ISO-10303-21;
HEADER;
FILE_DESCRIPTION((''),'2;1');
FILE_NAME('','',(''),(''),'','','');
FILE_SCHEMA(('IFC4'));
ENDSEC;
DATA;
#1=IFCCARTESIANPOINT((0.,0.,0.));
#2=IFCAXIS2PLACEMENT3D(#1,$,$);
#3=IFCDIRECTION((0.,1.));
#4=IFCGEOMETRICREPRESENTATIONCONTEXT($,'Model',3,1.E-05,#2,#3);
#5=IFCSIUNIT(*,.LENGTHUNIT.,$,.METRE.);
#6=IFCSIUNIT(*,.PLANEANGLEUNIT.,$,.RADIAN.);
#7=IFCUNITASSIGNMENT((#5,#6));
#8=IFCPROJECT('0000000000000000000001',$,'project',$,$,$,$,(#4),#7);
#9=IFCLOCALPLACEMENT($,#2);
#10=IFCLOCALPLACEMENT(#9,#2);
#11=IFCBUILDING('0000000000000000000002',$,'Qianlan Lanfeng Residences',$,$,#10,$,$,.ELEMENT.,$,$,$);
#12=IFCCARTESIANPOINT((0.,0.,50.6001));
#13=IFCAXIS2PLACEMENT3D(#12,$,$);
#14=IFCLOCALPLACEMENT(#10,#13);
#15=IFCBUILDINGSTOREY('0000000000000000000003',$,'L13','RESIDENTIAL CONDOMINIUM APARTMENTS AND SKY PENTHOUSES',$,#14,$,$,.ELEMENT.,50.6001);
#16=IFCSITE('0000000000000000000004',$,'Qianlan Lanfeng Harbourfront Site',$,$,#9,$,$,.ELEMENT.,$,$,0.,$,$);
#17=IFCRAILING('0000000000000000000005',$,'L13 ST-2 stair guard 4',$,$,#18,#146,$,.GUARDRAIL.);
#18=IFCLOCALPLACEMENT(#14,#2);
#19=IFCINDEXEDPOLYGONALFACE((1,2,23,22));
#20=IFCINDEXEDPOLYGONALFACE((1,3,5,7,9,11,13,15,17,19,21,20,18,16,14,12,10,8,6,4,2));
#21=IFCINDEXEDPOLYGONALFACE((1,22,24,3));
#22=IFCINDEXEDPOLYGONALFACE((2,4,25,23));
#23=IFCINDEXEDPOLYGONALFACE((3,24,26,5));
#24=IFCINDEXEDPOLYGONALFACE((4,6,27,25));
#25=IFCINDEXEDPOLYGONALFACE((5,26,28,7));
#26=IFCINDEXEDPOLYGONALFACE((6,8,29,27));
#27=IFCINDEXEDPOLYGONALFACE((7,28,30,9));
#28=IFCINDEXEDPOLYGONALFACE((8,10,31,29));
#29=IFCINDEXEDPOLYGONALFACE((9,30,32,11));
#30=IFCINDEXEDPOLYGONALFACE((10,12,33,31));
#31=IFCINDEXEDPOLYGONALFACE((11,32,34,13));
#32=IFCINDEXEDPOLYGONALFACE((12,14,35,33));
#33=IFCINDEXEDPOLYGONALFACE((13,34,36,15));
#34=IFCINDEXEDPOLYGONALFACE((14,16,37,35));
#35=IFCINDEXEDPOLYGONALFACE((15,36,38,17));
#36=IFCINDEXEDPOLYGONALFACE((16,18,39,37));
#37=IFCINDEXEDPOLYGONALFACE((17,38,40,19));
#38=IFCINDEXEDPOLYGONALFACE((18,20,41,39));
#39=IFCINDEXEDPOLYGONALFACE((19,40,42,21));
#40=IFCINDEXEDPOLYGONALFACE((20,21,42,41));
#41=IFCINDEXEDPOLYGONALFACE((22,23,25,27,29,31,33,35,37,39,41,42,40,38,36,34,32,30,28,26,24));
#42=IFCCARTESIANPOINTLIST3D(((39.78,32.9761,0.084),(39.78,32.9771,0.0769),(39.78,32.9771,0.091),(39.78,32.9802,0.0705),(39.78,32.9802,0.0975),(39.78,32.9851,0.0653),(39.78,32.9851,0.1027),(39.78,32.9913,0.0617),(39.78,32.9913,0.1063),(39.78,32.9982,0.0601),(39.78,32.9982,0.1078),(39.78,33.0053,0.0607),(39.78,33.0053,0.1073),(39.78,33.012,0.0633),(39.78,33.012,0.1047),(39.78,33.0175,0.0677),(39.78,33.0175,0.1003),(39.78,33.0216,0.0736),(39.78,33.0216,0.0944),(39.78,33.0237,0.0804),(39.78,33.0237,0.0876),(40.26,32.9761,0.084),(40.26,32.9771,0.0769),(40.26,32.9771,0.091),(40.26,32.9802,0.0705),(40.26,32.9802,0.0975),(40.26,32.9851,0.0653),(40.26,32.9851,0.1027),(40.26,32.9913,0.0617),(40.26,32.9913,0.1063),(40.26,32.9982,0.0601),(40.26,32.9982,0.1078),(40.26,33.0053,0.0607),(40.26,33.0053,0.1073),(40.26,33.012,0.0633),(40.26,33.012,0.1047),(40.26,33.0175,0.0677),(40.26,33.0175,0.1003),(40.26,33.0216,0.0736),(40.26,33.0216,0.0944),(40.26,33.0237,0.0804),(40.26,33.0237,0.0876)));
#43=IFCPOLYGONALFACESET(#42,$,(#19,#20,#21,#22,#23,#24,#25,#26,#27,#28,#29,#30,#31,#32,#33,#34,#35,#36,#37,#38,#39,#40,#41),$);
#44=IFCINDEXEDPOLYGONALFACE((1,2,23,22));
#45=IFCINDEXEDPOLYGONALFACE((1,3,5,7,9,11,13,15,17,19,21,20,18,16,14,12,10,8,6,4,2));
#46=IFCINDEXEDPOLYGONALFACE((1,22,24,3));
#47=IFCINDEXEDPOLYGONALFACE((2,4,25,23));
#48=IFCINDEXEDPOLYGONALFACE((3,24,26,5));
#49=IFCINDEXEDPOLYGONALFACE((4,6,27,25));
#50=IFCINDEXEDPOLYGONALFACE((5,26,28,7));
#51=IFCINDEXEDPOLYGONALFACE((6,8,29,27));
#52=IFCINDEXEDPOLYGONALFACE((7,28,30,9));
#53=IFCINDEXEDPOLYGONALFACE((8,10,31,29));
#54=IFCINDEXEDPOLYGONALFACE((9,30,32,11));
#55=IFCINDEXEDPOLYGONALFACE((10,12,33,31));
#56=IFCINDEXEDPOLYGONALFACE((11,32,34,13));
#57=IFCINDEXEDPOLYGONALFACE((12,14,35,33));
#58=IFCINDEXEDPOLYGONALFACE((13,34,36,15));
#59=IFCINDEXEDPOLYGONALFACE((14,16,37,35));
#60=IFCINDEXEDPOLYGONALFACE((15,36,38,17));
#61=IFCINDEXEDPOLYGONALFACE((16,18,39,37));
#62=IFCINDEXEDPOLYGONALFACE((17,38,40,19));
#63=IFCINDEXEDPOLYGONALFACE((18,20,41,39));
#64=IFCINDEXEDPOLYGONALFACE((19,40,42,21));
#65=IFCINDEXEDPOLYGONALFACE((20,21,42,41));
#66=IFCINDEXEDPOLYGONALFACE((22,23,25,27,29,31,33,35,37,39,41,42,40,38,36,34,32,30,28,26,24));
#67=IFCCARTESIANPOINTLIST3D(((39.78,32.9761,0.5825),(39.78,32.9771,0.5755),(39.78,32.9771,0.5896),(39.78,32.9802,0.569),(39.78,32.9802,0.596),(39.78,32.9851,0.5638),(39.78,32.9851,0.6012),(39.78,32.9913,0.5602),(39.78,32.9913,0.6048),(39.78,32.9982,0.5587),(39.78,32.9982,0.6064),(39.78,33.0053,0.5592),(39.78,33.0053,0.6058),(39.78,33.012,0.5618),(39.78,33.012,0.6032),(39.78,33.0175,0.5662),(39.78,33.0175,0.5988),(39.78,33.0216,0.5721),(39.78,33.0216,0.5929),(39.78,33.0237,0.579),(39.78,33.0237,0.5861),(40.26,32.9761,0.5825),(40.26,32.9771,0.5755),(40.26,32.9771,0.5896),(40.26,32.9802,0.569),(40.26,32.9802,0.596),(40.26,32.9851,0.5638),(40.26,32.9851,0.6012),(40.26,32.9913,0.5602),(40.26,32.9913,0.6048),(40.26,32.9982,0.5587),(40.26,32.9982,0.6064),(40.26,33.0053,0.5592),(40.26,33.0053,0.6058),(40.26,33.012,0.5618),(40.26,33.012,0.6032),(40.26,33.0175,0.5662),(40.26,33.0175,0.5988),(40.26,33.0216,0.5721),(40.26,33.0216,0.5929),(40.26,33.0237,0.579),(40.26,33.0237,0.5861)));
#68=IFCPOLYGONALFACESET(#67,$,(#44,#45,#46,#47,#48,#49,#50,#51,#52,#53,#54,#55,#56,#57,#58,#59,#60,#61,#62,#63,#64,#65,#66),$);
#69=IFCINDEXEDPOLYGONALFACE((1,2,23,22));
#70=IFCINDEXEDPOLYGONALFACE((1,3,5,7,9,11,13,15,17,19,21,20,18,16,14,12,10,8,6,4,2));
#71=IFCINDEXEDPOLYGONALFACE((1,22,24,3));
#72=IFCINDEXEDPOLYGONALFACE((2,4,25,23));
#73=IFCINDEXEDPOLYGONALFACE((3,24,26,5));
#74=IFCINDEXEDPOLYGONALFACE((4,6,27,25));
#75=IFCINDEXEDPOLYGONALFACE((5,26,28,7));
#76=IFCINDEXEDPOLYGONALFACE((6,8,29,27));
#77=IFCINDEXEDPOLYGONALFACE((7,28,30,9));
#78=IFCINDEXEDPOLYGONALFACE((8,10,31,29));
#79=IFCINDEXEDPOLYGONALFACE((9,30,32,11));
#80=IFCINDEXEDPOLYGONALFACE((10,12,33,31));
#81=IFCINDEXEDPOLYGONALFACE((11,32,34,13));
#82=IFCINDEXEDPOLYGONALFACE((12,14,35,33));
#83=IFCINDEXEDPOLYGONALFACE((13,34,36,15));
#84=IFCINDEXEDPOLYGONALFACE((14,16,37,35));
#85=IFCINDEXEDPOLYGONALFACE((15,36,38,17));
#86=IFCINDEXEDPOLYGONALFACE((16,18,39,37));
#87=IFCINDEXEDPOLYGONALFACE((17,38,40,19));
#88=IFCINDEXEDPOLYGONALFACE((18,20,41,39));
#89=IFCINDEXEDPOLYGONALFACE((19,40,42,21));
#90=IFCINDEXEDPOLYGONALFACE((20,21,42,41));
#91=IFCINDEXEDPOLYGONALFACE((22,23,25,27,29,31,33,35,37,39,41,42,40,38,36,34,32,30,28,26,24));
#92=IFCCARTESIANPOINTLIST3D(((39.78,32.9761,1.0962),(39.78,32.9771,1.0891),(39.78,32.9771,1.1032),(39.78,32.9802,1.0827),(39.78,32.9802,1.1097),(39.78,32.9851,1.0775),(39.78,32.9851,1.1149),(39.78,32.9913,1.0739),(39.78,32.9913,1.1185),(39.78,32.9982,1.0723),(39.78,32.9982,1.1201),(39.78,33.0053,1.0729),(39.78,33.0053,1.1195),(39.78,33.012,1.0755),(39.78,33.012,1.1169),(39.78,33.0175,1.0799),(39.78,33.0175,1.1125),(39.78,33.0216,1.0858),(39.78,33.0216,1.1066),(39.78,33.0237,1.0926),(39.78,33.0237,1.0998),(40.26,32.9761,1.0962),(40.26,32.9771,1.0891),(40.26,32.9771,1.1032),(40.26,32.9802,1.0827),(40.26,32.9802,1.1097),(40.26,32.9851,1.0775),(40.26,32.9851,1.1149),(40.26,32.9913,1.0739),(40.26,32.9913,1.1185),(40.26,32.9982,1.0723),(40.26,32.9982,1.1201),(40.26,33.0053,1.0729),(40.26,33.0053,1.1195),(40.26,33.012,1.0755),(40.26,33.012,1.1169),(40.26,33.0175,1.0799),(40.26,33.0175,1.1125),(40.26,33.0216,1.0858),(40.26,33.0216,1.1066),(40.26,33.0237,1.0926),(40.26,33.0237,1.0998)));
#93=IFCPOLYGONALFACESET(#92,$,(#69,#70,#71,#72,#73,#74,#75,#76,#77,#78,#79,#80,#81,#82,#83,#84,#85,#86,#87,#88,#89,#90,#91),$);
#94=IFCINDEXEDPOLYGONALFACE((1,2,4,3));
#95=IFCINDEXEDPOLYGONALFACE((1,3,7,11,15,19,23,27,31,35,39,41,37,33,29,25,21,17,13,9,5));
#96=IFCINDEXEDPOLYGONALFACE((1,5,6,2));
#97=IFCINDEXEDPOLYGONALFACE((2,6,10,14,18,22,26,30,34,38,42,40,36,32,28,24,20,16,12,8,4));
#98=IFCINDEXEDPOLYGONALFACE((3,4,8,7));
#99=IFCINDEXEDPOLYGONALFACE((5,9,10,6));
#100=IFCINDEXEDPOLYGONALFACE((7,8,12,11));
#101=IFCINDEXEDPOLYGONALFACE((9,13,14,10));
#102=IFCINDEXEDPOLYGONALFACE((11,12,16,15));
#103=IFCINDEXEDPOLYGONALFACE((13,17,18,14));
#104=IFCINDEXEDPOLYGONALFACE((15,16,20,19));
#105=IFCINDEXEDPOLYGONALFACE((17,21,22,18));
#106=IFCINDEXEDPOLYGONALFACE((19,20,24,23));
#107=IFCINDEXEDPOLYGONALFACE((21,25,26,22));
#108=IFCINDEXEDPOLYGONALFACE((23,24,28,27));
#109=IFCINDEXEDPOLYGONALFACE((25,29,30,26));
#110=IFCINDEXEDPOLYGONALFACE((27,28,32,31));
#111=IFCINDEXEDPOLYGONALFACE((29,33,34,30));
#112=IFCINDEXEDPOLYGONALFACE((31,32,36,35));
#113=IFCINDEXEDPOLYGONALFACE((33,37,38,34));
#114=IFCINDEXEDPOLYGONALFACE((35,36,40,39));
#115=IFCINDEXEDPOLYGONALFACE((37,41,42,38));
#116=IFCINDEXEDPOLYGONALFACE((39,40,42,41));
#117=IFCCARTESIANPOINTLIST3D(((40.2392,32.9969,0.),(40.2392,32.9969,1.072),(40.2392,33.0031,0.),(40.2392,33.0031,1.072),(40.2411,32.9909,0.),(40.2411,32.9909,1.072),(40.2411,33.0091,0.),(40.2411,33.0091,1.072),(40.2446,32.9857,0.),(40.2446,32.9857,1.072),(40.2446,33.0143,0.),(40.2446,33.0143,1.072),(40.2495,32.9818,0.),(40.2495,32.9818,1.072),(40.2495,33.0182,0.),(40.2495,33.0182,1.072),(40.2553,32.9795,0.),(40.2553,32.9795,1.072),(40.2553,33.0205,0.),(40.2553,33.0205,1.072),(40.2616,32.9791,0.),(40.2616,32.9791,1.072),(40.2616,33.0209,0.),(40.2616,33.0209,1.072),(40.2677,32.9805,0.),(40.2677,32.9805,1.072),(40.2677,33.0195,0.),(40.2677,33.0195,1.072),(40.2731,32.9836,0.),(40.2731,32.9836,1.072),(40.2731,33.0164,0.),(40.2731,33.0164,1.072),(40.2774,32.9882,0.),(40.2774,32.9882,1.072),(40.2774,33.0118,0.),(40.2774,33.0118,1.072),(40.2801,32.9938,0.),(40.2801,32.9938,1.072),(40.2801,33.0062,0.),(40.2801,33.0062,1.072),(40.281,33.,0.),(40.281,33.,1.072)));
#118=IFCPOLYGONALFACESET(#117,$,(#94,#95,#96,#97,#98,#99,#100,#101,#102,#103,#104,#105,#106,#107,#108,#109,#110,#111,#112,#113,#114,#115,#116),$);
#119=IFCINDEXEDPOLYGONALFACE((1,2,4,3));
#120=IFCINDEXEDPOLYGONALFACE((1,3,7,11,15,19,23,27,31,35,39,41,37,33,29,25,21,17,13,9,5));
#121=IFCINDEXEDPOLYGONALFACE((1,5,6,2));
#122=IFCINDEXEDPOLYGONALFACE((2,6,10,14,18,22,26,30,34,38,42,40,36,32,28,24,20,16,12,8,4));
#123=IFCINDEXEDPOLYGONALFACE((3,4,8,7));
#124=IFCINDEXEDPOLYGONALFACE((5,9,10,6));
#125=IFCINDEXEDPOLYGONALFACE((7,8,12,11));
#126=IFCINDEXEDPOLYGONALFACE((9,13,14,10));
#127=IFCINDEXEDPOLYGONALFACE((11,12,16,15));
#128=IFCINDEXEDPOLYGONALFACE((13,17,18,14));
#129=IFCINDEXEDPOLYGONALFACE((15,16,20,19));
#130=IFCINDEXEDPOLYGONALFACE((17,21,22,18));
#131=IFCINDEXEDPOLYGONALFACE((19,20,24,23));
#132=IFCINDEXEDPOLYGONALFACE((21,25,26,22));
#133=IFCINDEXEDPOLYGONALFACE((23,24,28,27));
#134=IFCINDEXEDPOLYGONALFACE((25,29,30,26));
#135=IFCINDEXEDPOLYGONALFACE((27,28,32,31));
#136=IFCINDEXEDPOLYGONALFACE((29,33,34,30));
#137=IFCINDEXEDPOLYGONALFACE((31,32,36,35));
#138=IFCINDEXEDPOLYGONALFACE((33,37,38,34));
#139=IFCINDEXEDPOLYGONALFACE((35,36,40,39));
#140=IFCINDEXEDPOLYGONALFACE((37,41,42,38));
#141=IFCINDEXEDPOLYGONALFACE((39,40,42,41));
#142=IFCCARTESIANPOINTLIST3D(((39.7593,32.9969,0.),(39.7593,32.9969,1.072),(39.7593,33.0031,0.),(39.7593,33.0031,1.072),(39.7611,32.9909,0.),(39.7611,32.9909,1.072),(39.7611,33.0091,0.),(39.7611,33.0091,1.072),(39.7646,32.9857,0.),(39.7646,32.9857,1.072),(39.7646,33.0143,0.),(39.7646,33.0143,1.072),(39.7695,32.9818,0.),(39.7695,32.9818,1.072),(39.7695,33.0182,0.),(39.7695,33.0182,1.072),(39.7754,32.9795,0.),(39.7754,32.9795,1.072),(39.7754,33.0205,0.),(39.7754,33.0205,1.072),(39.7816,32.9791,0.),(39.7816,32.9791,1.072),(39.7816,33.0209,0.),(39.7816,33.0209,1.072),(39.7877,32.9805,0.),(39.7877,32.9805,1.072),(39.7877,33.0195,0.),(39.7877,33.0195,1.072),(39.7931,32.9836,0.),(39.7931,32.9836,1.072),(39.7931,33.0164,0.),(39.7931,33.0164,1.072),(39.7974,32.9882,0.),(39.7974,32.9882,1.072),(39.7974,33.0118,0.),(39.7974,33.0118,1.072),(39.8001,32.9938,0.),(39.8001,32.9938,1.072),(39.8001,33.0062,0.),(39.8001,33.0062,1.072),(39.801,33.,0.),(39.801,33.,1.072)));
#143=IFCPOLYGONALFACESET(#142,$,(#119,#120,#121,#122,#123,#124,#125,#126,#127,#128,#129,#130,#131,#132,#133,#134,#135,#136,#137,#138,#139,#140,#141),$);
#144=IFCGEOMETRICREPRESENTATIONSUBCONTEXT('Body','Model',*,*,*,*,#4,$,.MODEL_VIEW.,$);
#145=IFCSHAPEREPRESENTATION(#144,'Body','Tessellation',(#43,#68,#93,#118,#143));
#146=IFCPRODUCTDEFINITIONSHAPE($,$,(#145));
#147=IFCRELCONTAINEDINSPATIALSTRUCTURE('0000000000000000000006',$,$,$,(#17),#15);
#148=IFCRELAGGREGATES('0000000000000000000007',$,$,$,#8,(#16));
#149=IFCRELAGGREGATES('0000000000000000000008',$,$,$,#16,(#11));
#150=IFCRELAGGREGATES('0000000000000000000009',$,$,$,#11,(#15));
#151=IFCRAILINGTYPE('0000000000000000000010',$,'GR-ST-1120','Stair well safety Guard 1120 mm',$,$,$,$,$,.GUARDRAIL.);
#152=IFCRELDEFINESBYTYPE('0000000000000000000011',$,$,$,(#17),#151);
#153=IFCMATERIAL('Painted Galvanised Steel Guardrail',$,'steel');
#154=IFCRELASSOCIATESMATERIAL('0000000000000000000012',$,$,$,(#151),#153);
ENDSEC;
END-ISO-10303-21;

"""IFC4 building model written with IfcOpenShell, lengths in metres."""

from ifc_helpers import new_model, si_unit, direction, frame, origin, origin_2d, place, context, subcontext, project, spatial, circle, extrude, material, type_object, element, save


model = new_model("IFC4")

# Units and contexts
model_context = context("Model", 3, precision=1e-05, world=origin(), true_north=direction((0.0, 1.0)))
body_context = subcontext(model_context, "Body", "Model", "MODEL_VIEW")
ifc_project = project(units=[si_unit("LENGTHUNIT", "METRE"), si_unit("PLANEANGLEUNIT", "RADIAN")], contexts=[model_context])

# Site, building, storey
site_placement = place(None, origin())
site = spatial("IfcSite", under=ifc_project, at=site_placement, Name="Qianlan Lanfeng Harbourfront Site", CompositionType="ELEMENT", RefElevation=0.0)
building_placement = place(site_placement, origin())
building = spatial("IfcBuilding", under=site, at=building_placement, Name="Qianlan Lanfeng Residences", CompositionType="ELEMENT")
storey_placement = place(building_placement, frame((0.0, 0.0, 50.6001)))
storey = spatial("IfcBuildingStorey", under=building, at=storey_placement, Name="L13", Description="RESIDENTIAL CONDOMINIUM APARTMENTS AND SKY PENTHOUSES", CompositionType="ELEMENT", Elevation=50.6001)

# Railing
ifc_material_1 = material(Name="Painted Galvanised Steel Guardrail", Category="steel")
railing_type_1 = type_object("IfcRailingType", Name="GR-ST-1120", Description="Stair well safety Guard 1120 mm", PredefinedType="GUARDRAIL", material=ifc_material_1)
railing_1_placement = place(storey_placement, frame((40.26, 33.0, 0.0)))
element("IfcRailing", 1, at=railing_1_placement, inside=storey, type_object=railing_type_1, Name="L13 ST-2 stair guard 4", PredefinedType="GUARDRAIL", context=body_context, shape_type="SweptSolid", body=[
    extrude(circle(Radius=0.0239, at=origin_2d()), frame((0.0, 0.0, 0.084), z_axis=(-1.0, 0.0, 0.0), x_axis=(0.0, -1.0, 0.0)), (0.0, 0.0, 1.0), 0.48),
    extrude(circle(Radius=0.0239, at=origin_2d()), frame((0.0, 0.0, 0.5825), z_axis=(-1.0, 0.0, 0.0), x_axis=(0.0, -1.0, 0.0)), (0.0, 0.0, 1.0), 0.48),
    extrude(circle(Radius=0.0239, at=origin_2d()), frame((0.0, 0.0, 1.0962), z_axis=(-1.0, 0.0, 0.0), x_axis=(0.0, -1.0, 0.0)), (0.0, 0.0, 1.0), 0.48),
    extrude(circle(Radius=0.021, at=origin_2d()), origin(), (0.0, 0.0, 1.0), 1.072),
    extrude(circle(Radius=0.021, at=origin_2d()), frame((-0.48, 0.0, 0.0)), (0.0, 0.0, 1.0), 1.072),
])

save(model, "model.ifc")
